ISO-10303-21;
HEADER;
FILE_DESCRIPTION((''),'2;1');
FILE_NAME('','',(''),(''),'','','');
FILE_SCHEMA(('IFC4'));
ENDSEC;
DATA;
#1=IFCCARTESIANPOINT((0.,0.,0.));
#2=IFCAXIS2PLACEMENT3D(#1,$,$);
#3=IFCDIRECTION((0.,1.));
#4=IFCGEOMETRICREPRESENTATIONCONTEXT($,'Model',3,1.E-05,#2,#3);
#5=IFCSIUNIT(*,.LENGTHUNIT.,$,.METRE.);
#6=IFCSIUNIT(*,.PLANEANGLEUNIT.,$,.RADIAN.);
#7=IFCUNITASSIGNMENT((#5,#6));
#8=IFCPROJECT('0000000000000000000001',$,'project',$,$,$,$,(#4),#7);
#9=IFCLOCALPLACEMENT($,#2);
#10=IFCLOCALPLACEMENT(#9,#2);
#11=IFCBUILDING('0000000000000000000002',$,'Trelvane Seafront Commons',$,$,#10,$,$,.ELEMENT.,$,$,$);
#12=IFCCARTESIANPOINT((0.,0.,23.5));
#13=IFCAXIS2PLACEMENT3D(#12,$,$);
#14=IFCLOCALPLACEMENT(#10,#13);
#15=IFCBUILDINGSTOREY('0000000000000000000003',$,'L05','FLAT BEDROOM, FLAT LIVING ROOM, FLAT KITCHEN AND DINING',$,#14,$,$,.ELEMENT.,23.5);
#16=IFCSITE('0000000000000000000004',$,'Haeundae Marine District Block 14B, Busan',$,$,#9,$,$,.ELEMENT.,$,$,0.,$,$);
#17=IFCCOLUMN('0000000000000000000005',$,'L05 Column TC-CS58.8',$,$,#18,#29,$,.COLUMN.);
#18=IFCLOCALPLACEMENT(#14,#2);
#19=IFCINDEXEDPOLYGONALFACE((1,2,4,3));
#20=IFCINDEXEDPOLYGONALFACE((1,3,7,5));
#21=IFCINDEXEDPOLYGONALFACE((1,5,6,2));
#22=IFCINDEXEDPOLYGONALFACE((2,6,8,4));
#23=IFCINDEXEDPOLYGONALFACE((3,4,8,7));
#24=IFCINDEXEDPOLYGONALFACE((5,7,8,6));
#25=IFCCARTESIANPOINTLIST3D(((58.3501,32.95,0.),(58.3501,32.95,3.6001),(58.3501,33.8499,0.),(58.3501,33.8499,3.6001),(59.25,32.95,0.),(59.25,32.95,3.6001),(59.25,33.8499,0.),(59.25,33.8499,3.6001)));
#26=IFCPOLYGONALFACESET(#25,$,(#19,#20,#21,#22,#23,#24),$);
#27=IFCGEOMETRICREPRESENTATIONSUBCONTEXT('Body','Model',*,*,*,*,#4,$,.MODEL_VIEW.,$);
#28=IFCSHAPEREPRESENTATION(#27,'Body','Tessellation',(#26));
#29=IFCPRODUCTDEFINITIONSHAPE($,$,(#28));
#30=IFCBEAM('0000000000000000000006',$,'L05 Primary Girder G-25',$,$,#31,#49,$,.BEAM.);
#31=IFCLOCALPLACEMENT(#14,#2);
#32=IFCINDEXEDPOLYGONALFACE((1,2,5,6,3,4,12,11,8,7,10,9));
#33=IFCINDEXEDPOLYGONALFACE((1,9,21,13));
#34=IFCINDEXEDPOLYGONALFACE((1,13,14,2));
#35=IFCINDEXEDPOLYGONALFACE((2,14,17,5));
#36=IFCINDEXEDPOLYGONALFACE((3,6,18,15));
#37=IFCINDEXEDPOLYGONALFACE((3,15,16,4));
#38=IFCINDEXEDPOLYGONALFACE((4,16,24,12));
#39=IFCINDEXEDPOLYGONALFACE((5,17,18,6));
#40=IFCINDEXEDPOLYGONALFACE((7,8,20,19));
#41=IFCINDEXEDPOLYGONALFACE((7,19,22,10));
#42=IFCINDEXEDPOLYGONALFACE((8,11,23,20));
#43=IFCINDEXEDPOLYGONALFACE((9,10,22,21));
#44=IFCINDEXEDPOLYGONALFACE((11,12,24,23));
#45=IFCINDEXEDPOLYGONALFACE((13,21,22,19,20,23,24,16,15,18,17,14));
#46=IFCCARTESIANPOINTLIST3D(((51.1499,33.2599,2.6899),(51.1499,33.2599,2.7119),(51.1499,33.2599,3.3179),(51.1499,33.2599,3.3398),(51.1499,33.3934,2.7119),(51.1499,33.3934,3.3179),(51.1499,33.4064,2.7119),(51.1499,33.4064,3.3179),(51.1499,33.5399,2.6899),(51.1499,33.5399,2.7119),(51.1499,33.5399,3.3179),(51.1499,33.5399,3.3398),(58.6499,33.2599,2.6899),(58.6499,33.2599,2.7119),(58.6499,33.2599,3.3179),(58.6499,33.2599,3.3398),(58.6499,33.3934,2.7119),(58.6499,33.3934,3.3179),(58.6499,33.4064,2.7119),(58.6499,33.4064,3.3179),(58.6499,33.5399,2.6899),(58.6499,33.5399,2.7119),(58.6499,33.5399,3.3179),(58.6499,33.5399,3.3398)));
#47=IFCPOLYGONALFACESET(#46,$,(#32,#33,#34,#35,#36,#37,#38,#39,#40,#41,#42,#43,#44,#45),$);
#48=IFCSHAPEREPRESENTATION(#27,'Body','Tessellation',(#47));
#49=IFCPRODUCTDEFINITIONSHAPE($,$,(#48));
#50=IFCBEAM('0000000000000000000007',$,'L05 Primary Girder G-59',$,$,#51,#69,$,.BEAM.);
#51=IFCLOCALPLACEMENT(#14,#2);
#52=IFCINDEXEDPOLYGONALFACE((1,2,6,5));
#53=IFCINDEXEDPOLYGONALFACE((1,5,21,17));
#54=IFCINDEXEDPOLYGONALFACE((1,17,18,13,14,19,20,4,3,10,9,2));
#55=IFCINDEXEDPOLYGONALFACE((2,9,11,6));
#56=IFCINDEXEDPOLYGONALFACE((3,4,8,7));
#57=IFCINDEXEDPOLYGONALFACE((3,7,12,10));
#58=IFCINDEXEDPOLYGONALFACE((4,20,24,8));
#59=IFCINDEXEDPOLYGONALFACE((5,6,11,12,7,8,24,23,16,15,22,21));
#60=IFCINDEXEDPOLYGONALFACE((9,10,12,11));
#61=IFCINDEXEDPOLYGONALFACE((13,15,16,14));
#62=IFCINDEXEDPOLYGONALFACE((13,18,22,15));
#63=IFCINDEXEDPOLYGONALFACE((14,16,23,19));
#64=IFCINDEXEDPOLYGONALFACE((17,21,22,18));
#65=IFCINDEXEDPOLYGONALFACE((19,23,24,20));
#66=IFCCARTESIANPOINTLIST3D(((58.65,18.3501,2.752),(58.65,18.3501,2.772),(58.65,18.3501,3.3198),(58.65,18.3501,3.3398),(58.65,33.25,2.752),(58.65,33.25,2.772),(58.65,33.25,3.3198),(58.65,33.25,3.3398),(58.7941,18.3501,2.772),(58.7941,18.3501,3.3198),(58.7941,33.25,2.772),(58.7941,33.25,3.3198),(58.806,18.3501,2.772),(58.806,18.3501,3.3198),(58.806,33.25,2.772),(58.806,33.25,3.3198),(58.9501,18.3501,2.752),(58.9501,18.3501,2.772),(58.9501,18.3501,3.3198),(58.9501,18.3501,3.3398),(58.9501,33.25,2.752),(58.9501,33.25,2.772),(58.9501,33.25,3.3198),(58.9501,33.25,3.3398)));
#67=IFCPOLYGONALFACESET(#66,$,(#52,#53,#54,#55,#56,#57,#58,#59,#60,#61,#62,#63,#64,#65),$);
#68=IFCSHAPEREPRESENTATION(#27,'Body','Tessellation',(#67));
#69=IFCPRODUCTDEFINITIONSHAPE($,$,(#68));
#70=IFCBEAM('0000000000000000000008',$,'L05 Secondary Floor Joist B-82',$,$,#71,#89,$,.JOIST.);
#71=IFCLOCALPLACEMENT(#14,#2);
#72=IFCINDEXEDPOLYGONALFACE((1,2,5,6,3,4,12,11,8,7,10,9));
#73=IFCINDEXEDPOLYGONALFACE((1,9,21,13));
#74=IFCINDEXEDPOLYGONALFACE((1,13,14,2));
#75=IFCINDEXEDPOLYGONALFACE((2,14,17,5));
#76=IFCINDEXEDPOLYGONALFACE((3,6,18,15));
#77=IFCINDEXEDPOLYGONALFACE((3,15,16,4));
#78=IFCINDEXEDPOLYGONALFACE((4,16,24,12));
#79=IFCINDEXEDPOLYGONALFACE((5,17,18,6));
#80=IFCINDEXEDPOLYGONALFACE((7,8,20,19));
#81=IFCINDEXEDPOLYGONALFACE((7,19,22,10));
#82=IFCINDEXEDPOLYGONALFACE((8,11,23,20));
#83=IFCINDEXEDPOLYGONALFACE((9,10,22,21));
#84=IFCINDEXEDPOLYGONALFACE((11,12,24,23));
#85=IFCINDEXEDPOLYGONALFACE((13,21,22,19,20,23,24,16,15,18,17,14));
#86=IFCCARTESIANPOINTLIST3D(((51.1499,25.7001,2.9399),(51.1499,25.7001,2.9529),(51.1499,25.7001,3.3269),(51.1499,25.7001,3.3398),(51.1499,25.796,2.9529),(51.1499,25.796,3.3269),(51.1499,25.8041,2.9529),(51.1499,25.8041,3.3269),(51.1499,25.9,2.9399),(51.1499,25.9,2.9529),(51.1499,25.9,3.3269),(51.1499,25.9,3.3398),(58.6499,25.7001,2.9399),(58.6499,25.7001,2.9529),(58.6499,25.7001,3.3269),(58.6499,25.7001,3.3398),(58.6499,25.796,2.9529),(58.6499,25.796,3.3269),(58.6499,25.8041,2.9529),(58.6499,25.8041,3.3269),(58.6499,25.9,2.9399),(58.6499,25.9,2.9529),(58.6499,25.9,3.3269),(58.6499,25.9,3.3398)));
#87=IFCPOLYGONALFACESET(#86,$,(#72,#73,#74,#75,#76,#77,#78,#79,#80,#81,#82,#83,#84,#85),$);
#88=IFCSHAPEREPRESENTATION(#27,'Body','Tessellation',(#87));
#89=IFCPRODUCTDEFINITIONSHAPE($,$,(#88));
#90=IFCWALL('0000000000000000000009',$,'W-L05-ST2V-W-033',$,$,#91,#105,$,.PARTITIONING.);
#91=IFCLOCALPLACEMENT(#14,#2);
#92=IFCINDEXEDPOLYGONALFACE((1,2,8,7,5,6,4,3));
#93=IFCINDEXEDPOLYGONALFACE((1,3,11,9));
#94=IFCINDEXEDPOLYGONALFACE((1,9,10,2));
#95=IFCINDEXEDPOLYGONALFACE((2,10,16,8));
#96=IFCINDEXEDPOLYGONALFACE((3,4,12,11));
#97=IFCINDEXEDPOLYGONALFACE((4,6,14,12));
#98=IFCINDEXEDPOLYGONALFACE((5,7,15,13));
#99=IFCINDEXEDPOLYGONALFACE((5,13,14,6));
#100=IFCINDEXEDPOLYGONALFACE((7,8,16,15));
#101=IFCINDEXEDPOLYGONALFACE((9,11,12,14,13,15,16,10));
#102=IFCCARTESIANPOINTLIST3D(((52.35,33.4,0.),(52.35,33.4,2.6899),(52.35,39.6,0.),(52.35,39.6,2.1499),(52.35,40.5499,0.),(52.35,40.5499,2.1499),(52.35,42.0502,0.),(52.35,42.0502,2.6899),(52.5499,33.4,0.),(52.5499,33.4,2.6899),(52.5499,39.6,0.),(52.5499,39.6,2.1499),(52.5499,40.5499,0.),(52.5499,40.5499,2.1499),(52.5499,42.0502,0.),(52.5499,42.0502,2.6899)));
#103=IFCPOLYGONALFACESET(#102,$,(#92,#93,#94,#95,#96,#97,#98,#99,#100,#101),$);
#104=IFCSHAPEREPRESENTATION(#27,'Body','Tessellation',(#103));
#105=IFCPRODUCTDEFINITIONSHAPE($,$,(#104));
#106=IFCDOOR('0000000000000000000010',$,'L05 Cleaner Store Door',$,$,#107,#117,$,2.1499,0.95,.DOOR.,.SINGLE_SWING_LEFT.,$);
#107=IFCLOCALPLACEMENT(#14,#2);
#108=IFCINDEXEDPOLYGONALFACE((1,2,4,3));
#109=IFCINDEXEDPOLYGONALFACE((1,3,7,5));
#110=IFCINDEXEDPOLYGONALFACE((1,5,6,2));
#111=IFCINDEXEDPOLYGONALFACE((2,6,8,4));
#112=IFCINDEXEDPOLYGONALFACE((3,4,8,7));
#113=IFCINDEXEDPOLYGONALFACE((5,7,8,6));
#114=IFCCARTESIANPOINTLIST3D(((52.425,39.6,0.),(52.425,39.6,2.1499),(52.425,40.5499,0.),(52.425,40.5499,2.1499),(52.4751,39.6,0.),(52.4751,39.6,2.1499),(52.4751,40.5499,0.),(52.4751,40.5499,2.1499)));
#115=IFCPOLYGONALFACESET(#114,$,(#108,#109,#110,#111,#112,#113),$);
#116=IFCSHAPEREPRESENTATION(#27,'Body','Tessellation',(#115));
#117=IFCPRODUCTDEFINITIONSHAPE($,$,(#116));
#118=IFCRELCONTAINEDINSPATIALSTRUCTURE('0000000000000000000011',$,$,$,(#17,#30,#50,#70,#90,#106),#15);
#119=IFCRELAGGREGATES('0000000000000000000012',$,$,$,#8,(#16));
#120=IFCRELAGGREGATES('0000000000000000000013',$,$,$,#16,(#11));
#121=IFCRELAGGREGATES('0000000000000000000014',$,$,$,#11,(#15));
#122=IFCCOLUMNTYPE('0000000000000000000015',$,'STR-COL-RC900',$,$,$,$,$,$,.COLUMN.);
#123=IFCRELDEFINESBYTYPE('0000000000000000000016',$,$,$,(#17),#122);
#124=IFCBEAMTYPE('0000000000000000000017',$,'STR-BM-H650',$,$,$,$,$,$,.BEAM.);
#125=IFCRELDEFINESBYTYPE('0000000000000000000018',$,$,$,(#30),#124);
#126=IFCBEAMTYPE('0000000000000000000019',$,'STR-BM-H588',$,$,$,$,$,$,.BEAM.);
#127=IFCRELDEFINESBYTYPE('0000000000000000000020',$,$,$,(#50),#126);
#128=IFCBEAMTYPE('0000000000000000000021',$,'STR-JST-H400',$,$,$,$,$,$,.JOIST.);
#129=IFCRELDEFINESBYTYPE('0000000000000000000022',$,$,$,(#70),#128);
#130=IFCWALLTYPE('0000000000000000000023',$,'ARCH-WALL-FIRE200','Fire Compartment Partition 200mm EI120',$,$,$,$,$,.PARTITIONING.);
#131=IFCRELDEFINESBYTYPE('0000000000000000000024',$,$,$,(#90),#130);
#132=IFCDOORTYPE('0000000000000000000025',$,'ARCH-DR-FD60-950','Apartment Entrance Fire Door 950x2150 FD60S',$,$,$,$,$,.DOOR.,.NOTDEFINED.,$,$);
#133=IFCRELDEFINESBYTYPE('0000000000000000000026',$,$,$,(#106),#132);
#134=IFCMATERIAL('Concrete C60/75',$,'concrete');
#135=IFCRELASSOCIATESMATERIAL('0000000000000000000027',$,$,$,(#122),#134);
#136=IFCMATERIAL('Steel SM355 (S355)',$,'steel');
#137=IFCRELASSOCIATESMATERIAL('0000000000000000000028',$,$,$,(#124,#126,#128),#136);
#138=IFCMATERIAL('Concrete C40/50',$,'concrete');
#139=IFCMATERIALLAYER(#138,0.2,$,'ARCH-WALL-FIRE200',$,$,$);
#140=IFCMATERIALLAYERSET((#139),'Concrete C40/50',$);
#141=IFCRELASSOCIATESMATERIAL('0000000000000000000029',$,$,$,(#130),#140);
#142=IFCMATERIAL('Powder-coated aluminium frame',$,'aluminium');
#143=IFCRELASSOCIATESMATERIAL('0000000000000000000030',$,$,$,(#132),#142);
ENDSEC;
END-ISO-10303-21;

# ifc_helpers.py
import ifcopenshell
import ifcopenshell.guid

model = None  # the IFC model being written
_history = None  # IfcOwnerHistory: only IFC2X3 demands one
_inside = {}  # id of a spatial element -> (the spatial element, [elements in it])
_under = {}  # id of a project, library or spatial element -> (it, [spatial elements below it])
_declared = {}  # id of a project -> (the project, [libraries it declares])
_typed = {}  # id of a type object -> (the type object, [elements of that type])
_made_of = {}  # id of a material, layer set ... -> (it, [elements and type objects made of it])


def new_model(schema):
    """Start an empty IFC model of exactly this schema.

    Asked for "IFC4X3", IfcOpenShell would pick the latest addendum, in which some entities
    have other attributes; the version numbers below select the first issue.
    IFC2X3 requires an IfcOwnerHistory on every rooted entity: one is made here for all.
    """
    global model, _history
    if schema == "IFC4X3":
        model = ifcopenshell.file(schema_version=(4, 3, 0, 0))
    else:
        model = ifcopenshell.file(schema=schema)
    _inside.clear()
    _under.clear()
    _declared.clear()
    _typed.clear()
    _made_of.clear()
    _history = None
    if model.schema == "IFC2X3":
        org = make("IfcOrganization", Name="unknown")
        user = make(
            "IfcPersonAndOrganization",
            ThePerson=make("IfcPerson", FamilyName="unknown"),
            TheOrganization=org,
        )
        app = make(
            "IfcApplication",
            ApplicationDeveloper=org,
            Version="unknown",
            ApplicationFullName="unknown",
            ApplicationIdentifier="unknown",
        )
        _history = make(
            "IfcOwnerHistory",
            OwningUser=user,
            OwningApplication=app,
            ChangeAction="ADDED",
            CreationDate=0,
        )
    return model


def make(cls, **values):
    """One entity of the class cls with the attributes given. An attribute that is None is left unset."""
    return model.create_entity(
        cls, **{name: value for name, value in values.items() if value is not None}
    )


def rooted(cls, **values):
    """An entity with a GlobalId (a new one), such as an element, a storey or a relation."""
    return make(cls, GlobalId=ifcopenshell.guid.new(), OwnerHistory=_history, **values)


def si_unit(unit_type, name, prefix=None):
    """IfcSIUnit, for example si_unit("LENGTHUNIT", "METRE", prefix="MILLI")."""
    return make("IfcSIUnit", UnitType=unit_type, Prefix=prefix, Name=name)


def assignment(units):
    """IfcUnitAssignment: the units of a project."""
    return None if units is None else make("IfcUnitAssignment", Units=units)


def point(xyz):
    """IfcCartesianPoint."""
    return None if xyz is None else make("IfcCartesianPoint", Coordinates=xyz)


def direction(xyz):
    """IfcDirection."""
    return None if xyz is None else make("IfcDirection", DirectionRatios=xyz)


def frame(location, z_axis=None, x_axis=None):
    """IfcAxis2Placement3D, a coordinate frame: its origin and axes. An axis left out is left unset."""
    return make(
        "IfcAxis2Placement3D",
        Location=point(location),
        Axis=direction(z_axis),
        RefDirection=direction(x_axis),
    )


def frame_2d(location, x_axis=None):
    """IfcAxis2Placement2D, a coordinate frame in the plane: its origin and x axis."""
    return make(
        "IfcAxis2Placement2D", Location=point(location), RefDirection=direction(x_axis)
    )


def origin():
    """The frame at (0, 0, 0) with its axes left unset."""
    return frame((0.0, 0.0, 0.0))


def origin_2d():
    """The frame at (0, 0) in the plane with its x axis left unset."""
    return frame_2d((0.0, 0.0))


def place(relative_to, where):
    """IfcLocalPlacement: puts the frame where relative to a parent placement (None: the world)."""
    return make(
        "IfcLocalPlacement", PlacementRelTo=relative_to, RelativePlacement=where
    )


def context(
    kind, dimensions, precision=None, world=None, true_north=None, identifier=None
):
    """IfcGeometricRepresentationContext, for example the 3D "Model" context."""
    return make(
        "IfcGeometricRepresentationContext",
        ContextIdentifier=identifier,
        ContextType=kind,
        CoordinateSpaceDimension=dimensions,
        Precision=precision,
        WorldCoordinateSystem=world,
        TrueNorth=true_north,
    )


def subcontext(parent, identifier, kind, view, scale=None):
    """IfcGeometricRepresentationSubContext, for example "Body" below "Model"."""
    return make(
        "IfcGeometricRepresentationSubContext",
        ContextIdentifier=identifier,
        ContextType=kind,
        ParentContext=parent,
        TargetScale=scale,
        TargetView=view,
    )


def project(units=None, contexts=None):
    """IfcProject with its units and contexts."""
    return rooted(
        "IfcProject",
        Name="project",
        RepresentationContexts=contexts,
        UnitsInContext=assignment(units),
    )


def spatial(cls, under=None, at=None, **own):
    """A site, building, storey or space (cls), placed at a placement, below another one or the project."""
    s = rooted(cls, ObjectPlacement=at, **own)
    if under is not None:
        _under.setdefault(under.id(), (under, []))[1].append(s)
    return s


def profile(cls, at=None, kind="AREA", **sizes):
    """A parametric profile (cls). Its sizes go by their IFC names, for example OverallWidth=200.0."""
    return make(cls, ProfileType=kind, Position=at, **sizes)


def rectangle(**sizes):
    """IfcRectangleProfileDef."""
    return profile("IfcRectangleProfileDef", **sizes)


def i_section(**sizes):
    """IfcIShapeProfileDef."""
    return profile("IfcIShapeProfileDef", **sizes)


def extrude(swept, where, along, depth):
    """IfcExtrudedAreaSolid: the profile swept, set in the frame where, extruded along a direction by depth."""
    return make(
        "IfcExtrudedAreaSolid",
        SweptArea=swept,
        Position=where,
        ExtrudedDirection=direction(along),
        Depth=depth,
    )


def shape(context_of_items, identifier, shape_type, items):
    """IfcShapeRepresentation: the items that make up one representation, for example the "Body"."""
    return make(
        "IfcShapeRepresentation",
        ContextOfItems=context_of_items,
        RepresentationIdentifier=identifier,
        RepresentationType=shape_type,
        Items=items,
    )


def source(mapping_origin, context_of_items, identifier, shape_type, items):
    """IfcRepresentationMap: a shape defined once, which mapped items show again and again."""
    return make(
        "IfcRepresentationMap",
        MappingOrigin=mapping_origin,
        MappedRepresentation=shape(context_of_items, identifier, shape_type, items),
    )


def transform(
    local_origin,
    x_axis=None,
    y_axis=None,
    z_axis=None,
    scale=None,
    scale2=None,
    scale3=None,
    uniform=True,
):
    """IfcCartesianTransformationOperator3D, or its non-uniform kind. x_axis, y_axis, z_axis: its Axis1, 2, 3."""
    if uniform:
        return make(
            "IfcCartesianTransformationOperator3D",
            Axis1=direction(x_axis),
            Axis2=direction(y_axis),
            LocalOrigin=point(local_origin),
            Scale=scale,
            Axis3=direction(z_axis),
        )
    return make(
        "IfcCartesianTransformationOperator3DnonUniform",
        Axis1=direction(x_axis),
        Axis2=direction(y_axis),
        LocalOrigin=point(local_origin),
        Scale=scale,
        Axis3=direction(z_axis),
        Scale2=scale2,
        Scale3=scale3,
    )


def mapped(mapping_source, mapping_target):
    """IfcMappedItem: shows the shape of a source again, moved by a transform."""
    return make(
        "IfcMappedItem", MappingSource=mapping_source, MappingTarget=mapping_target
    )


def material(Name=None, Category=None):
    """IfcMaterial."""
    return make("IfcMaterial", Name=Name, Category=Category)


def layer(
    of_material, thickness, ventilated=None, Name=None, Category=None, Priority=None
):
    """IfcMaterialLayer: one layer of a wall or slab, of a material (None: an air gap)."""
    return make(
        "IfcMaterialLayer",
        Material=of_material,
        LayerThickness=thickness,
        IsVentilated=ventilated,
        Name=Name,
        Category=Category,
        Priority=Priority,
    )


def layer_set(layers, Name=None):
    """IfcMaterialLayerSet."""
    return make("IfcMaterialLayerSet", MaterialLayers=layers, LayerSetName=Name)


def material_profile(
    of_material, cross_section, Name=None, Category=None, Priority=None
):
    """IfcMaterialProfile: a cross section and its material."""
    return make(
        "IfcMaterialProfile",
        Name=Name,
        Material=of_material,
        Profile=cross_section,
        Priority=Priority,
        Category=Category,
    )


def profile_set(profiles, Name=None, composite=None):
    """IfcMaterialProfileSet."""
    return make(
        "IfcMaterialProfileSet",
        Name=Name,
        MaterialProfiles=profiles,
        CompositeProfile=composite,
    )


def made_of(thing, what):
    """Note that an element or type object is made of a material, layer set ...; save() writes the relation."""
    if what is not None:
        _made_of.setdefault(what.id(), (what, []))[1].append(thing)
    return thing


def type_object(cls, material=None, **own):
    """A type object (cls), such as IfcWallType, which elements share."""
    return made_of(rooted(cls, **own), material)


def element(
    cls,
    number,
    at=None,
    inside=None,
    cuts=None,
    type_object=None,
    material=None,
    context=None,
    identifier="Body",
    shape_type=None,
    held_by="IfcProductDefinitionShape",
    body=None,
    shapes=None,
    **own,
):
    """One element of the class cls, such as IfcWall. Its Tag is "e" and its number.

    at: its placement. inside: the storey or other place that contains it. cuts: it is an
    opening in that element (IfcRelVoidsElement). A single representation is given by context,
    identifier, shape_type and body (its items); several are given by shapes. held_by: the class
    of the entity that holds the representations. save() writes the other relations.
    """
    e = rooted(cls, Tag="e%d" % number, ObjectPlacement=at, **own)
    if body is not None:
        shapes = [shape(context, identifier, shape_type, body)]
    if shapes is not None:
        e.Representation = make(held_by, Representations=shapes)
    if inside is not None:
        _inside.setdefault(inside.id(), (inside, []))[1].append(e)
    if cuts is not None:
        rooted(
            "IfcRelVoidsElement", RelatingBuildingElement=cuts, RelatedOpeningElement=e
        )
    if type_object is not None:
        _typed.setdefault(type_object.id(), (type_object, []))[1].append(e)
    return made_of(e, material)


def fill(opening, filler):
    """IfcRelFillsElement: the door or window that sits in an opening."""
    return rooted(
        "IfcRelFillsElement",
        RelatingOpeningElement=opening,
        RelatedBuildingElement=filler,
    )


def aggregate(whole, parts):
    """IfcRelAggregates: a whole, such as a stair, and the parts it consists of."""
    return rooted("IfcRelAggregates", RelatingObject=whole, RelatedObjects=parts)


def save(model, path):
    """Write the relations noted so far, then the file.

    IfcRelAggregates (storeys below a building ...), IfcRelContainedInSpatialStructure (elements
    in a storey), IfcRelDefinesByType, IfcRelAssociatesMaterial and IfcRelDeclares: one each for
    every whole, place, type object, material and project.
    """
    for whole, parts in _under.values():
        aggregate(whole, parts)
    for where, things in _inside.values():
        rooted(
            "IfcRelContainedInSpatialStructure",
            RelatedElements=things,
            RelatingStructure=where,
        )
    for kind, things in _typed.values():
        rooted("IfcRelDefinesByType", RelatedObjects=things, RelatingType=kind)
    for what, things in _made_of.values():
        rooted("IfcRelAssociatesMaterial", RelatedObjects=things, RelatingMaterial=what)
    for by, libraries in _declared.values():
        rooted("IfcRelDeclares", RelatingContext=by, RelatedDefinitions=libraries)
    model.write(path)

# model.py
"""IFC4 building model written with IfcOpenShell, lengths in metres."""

from ifc_helpers import new_model, si_unit, direction, frame, frame_2d, origin, origin_2d, place, context, subcontext, project, spatial, rectangle, i_section, extrude, source, transform, mapped, material, layer, layer_set, material_profile, profile_set, type_object, element, fill, save


model = new_model("IFC4")

# Units and contexts
model_context = context("Model", 3, precision=1e-05, world=origin(), true_north=direction((0.0, 1.0)))
body_context = subcontext(model_context, "Body", "Model", "MODEL_VIEW")
ifc_project = project(units=[si_unit("LENGTHUNIT", "METRE"), si_unit("PLANEANGLEUNIT", "RADIAN")], contexts=[model_context])

# Site, building, storey
site_placement = place(None, origin())
site = spatial("IfcSite", under=ifc_project, at=site_placement, Name="Haeundae Marine District Block 14B, Busan", CompositionType="ELEMENT", RefElevation=0.0)
building_placement = place(site_placement, origin())
building = spatial("IfcBuilding", under=site, at=building_placement, Name="Trelvane Seafront Commons", CompositionType="ELEMENT")
storey_placement = place(building_placement, frame((0.0, 0.0, 23.5)))
storey = spatial("IfcBuildingStorey", under=building, at=storey_placement, Name="L05", Description="FLAT BEDROOM, FLAT LIVING ROOM, FLAT KITCHEN AND DINING", CompositionType="ELEMENT", Elevation=23.5)

# Column
ifc_material_1 = material(Name="Concrete C60/75", Category="concrete")
ifc_material_profile_1 = material_profile(ifc_material_1, rectangle(XDim=0.8999, YDim=0.8999, at=origin_2d()), Name="RC-900x900")
ifc_profile_set_1 = profile_set([ifc_material_profile_1], Name="Concrete C60/75")
column_type = type_object("IfcColumnType", Name="STR-COL-RC900", PredefinedType="COLUMN", material=ifc_profile_set_1)
shared_shape_1 = source(origin(), body_context, "Body", "SweptSolid", [
    extrude(rectangle(XDim=0.8999, YDim=0.8999, at=origin_2d()), origin(), (0.0, 0.0, 1.0), 3.6001),
])
column_placement = place(storey_placement, frame((58.8, 33.3999, 0.0), z_axis=(0.0, 0.0, 1.0), x_axis=(1.0, 0.0, 0.0)))
element("IfcColumn", 1, at=column_placement, inside=storey, type_object=column_type, Name="L05 Column TC-CS58.8", PredefinedType="COLUMN", context=body_context, shape_type="MappedRepresentation", body=[
    mapped(shared_shape_1, transform((0.0, 0.0, 0.0), x_axis=(1.0, 0.0, 0.0), y_axis=(0.0, 1.0, 0.0), z_axis=(0.0, 0.0, 1.0), scale=1.0)),
])

# Beams
ifc_material_2 = material(Name="Steel SM355 (S355)", Category="steel")
ifc_material_profile_2 = material_profile(ifc_material_2, i_section(OverallWidth=0.28, OverallDepth=0.6499, WebThickness=0.0129, FlangeThickness=0.022, at=origin_2d()), Name="H-650x280x13x22")
ifc_profile_set_2 = profile_set([ifc_material_profile_2], Name="Steel SM355 (S355)")
beam_type_1 = type_object("IfcBeamType", Name="STR-BM-H650", PredefinedType="BEAM", material=ifc_profile_set_2)
shared_shape_2 = source(origin(), body_context, "Body", "SweptSolid", [
    extrude(i_section(OverallWidth=0.28, OverallDepth=0.6499, WebThickness=0.0129, FlangeThickness=0.022, at=origin_2d()), origin(), (0.0, 0.0, 1.0), 7.5),
])
beam_1_placement = place(storey_placement, frame((51.1499, 33.3999, 3.0149), z_axis=(1.0, 0.0, 0.0), x_axis=(0.0, 1.0, 0.0)))
element("IfcBeam", 2, at=beam_1_placement, inside=storey, type_object=beam_type_1, Name="L05 Primary Girder G-25", PredefinedType="BEAM", context=body_context, shape_type="MappedRepresentation", body=[
    mapped(shared_shape_2, transform((0.0, 0.0, 0.0), x_axis=(1.0, 0.0, 0.0), y_axis=(0.0, 1.0, 0.0), z_axis=(0.0, 0.0, 1.0), scale=1.0)),
])
ifc_material_profile_3 = material_profile(ifc_material_2, i_section(OverallWidth=0.3, OverallDepth=0.5879, WebThickness=0.012, FlangeThickness=0.02, at=origin_2d()), Name="H-588x300x12x20")
ifc_profile_set_3 = profile_set([ifc_material_profile_3], Name="Steel SM355 (S355)")
beam_type_2 = type_object("IfcBeamType", Name="STR-BM-H588", PredefinedType="BEAM", material=ifc_profile_set_3)
shared_shape_3 = source(origin(), body_context, "Body", "SweptSolid", [
    extrude(i_section(OverallWidth=0.3, OverallDepth=0.5879, WebThickness=0.012, FlangeThickness=0.02, at=origin_2d()), origin(), (0.0, 0.0, 1.0), 14.8999),
])
beam_2_placement = place(storey_placement, frame((58.8, 18.3501, 3.0459), z_axis=(0.0, 1.0, 0.0), x_axis=(-1.0, 0.0, 0.0)))
element("IfcBeam", 3, at=beam_2_placement, inside=storey, type_object=beam_type_2, Name="L05 Primary Girder G-59", PredefinedType="BEAM", context=body_context, shape_type="MappedRepresentation", body=[
    mapped(shared_shape_3, transform((0.0, 0.0, 0.0), x_axis=(1.0, 0.0, 0.0), y_axis=(0.0, 1.0, 0.0), z_axis=(0.0, 0.0, 1.0), scale=1.0)),
])
ifc_material_profile_4 = material_profile(ifc_material_2, i_section(OverallWidth=0.2, OverallDepth=0.3999, WebThickness=0.0081, FlangeThickness=0.0129, at=origin_2d()), Name="H-400x200x8x13")
ifc_profile_set_4 = profile_set([ifc_material_profile_4], Name="Steel SM355 (S355)")
beam_type_3 = type_object("IfcBeamType", Name="STR-JST-H400", PredefinedType="JOIST", material=ifc_profile_set_4)
shared_shape_4 = source(origin(), body_context, "Body", "SweptSolid", [
    extrude(i_section(OverallWidth=0.2, OverallDepth=0.3999, WebThickness=0.0081, FlangeThickness=0.0129, at=origin_2d()), origin(), (0.0, 0.0, 1.0), 7.5),
])
beam_3_placement = place(storey_placement, frame((51.1499, 25.8, 3.1399), z_axis=(1.0, 0.0, 0.0), x_axis=(0.0, 1.0, 0.0)))
element("IfcBeam", 4, at=beam_3_placement, inside=storey, type_object=beam_type_3, Name="L05 Secondary Floor Joist B-82", PredefinedType="JOIST", context=body_context, shape_type="MappedRepresentation", body=[
    mapped(shared_shape_4, transform((0.0, 0.0, 0.0), x_axis=(1.0, 0.0, 0.0), y_axis=(0.0, 1.0, 0.0), z_axis=(0.0, 0.0, 1.0), scale=1.0)),
])

# Wall, opening, door
ifc_material_3 = material(Name="Concrete C40/50", Category="concrete")
ifc_layer_1 = layer(ifc_material_3, 0.2, Name="ARCH-WALL-FIRE200")
ifc_layer_set_1 = layer_set([ifc_layer_1], Name="Concrete C40/50")
wall_type_1 = type_object("IfcWallType", Name="ARCH-WALL-FIRE200", Description="Fire Compartment Partition 200mm EI120", PredefinedType="PARTITIONING", material=ifc_layer_set_1)
wall_1_placement = place(storey_placement, frame((52.45, 33.3999, 0.0), z_axis=(0.0, 0.0, 1.0), x_axis=(0.0, 1.0, 0.0)))
wall_1 = element("IfcWall", 5, at=wall_1_placement, inside=storey, type_object=wall_type_1, Name="W-L05-ST2V-W-033", PredefinedType="PARTITIONING", context=body_context, shape_type="SweptSolid", body=[
    extrude(rectangle(XDim=8.6501, YDim=0.2, at=frame_2d((4.3252, 0.0))), origin(), (0.0, 0.0, 1.0), 2.6899),
])
opening_1_placement = place(wall_1_placement, frame((6.2, 0.0, 0.0)))
opening_1 = element("IfcOpeningElement", 6, at=opening_1_placement, cuts=wall_1, PredefinedType="OPENING", context=body_context, shape_type="SweptSolid", body=[
    extrude(rectangle(XDim=0.95, YDim=2.1499, at=frame_2d((0.4751, 1.075))), frame((0.0, 0.1099, 0.0), z_axis=(0.0, -1.0, 0.0), x_axis=(1.0, 0.0, 0.0)), (0.0, 0.0, 1.0), 0.22),
])
ifc_material_4 = material(Name="Powder-coated aluminium frame", Category="aluminium")
door_type_1 = type_object("IfcDoorType", Name="ARCH-DR-FD60-950", Description="Apartment Entrance Fire Door 950x2150 FD60S", OperationType="NOTDEFINED", PredefinedType="DOOR", material=ifc_material_4)
shared_shape_5 = source(origin(), body_context, "Body", "SweptSolid", [
    extrude(rectangle(XDim=0.95, YDim=2.1499, at=frame_2d((0.4751, 1.075))), frame((0.0, 0.0249, 0.0), z_axis=(0.0, -1.0, 0.0), x_axis=(1.0, 0.0, 0.0)), (0.0, 0.0, 1.0), 0.05),
])
door_1_placement = place(opening_1_placement, origin())
door_1 = element("IfcDoor", 7, at=door_1_placement, inside=storey, type_object=door_type_1, Name="L05 Cleaner Store Door", OperationType="SINGLE_SWING_LEFT", OverallHeight=2.1499, OverallWidth=0.95, PredefinedType="DOOR", context=body_context, shape_type="MappedRepresentation", body=[
    mapped(shared_shape_5, transform((0.0, 0.0, 0.0), x_axis=(1.0, 0.0, 0.0), y_axis=(0.0, 1.0, 0.0), z_axis=(0.0, 0.0, 1.0), scale=1.0)),
])
fill(opening_1, door_1)

save(model, "model.ifc")
